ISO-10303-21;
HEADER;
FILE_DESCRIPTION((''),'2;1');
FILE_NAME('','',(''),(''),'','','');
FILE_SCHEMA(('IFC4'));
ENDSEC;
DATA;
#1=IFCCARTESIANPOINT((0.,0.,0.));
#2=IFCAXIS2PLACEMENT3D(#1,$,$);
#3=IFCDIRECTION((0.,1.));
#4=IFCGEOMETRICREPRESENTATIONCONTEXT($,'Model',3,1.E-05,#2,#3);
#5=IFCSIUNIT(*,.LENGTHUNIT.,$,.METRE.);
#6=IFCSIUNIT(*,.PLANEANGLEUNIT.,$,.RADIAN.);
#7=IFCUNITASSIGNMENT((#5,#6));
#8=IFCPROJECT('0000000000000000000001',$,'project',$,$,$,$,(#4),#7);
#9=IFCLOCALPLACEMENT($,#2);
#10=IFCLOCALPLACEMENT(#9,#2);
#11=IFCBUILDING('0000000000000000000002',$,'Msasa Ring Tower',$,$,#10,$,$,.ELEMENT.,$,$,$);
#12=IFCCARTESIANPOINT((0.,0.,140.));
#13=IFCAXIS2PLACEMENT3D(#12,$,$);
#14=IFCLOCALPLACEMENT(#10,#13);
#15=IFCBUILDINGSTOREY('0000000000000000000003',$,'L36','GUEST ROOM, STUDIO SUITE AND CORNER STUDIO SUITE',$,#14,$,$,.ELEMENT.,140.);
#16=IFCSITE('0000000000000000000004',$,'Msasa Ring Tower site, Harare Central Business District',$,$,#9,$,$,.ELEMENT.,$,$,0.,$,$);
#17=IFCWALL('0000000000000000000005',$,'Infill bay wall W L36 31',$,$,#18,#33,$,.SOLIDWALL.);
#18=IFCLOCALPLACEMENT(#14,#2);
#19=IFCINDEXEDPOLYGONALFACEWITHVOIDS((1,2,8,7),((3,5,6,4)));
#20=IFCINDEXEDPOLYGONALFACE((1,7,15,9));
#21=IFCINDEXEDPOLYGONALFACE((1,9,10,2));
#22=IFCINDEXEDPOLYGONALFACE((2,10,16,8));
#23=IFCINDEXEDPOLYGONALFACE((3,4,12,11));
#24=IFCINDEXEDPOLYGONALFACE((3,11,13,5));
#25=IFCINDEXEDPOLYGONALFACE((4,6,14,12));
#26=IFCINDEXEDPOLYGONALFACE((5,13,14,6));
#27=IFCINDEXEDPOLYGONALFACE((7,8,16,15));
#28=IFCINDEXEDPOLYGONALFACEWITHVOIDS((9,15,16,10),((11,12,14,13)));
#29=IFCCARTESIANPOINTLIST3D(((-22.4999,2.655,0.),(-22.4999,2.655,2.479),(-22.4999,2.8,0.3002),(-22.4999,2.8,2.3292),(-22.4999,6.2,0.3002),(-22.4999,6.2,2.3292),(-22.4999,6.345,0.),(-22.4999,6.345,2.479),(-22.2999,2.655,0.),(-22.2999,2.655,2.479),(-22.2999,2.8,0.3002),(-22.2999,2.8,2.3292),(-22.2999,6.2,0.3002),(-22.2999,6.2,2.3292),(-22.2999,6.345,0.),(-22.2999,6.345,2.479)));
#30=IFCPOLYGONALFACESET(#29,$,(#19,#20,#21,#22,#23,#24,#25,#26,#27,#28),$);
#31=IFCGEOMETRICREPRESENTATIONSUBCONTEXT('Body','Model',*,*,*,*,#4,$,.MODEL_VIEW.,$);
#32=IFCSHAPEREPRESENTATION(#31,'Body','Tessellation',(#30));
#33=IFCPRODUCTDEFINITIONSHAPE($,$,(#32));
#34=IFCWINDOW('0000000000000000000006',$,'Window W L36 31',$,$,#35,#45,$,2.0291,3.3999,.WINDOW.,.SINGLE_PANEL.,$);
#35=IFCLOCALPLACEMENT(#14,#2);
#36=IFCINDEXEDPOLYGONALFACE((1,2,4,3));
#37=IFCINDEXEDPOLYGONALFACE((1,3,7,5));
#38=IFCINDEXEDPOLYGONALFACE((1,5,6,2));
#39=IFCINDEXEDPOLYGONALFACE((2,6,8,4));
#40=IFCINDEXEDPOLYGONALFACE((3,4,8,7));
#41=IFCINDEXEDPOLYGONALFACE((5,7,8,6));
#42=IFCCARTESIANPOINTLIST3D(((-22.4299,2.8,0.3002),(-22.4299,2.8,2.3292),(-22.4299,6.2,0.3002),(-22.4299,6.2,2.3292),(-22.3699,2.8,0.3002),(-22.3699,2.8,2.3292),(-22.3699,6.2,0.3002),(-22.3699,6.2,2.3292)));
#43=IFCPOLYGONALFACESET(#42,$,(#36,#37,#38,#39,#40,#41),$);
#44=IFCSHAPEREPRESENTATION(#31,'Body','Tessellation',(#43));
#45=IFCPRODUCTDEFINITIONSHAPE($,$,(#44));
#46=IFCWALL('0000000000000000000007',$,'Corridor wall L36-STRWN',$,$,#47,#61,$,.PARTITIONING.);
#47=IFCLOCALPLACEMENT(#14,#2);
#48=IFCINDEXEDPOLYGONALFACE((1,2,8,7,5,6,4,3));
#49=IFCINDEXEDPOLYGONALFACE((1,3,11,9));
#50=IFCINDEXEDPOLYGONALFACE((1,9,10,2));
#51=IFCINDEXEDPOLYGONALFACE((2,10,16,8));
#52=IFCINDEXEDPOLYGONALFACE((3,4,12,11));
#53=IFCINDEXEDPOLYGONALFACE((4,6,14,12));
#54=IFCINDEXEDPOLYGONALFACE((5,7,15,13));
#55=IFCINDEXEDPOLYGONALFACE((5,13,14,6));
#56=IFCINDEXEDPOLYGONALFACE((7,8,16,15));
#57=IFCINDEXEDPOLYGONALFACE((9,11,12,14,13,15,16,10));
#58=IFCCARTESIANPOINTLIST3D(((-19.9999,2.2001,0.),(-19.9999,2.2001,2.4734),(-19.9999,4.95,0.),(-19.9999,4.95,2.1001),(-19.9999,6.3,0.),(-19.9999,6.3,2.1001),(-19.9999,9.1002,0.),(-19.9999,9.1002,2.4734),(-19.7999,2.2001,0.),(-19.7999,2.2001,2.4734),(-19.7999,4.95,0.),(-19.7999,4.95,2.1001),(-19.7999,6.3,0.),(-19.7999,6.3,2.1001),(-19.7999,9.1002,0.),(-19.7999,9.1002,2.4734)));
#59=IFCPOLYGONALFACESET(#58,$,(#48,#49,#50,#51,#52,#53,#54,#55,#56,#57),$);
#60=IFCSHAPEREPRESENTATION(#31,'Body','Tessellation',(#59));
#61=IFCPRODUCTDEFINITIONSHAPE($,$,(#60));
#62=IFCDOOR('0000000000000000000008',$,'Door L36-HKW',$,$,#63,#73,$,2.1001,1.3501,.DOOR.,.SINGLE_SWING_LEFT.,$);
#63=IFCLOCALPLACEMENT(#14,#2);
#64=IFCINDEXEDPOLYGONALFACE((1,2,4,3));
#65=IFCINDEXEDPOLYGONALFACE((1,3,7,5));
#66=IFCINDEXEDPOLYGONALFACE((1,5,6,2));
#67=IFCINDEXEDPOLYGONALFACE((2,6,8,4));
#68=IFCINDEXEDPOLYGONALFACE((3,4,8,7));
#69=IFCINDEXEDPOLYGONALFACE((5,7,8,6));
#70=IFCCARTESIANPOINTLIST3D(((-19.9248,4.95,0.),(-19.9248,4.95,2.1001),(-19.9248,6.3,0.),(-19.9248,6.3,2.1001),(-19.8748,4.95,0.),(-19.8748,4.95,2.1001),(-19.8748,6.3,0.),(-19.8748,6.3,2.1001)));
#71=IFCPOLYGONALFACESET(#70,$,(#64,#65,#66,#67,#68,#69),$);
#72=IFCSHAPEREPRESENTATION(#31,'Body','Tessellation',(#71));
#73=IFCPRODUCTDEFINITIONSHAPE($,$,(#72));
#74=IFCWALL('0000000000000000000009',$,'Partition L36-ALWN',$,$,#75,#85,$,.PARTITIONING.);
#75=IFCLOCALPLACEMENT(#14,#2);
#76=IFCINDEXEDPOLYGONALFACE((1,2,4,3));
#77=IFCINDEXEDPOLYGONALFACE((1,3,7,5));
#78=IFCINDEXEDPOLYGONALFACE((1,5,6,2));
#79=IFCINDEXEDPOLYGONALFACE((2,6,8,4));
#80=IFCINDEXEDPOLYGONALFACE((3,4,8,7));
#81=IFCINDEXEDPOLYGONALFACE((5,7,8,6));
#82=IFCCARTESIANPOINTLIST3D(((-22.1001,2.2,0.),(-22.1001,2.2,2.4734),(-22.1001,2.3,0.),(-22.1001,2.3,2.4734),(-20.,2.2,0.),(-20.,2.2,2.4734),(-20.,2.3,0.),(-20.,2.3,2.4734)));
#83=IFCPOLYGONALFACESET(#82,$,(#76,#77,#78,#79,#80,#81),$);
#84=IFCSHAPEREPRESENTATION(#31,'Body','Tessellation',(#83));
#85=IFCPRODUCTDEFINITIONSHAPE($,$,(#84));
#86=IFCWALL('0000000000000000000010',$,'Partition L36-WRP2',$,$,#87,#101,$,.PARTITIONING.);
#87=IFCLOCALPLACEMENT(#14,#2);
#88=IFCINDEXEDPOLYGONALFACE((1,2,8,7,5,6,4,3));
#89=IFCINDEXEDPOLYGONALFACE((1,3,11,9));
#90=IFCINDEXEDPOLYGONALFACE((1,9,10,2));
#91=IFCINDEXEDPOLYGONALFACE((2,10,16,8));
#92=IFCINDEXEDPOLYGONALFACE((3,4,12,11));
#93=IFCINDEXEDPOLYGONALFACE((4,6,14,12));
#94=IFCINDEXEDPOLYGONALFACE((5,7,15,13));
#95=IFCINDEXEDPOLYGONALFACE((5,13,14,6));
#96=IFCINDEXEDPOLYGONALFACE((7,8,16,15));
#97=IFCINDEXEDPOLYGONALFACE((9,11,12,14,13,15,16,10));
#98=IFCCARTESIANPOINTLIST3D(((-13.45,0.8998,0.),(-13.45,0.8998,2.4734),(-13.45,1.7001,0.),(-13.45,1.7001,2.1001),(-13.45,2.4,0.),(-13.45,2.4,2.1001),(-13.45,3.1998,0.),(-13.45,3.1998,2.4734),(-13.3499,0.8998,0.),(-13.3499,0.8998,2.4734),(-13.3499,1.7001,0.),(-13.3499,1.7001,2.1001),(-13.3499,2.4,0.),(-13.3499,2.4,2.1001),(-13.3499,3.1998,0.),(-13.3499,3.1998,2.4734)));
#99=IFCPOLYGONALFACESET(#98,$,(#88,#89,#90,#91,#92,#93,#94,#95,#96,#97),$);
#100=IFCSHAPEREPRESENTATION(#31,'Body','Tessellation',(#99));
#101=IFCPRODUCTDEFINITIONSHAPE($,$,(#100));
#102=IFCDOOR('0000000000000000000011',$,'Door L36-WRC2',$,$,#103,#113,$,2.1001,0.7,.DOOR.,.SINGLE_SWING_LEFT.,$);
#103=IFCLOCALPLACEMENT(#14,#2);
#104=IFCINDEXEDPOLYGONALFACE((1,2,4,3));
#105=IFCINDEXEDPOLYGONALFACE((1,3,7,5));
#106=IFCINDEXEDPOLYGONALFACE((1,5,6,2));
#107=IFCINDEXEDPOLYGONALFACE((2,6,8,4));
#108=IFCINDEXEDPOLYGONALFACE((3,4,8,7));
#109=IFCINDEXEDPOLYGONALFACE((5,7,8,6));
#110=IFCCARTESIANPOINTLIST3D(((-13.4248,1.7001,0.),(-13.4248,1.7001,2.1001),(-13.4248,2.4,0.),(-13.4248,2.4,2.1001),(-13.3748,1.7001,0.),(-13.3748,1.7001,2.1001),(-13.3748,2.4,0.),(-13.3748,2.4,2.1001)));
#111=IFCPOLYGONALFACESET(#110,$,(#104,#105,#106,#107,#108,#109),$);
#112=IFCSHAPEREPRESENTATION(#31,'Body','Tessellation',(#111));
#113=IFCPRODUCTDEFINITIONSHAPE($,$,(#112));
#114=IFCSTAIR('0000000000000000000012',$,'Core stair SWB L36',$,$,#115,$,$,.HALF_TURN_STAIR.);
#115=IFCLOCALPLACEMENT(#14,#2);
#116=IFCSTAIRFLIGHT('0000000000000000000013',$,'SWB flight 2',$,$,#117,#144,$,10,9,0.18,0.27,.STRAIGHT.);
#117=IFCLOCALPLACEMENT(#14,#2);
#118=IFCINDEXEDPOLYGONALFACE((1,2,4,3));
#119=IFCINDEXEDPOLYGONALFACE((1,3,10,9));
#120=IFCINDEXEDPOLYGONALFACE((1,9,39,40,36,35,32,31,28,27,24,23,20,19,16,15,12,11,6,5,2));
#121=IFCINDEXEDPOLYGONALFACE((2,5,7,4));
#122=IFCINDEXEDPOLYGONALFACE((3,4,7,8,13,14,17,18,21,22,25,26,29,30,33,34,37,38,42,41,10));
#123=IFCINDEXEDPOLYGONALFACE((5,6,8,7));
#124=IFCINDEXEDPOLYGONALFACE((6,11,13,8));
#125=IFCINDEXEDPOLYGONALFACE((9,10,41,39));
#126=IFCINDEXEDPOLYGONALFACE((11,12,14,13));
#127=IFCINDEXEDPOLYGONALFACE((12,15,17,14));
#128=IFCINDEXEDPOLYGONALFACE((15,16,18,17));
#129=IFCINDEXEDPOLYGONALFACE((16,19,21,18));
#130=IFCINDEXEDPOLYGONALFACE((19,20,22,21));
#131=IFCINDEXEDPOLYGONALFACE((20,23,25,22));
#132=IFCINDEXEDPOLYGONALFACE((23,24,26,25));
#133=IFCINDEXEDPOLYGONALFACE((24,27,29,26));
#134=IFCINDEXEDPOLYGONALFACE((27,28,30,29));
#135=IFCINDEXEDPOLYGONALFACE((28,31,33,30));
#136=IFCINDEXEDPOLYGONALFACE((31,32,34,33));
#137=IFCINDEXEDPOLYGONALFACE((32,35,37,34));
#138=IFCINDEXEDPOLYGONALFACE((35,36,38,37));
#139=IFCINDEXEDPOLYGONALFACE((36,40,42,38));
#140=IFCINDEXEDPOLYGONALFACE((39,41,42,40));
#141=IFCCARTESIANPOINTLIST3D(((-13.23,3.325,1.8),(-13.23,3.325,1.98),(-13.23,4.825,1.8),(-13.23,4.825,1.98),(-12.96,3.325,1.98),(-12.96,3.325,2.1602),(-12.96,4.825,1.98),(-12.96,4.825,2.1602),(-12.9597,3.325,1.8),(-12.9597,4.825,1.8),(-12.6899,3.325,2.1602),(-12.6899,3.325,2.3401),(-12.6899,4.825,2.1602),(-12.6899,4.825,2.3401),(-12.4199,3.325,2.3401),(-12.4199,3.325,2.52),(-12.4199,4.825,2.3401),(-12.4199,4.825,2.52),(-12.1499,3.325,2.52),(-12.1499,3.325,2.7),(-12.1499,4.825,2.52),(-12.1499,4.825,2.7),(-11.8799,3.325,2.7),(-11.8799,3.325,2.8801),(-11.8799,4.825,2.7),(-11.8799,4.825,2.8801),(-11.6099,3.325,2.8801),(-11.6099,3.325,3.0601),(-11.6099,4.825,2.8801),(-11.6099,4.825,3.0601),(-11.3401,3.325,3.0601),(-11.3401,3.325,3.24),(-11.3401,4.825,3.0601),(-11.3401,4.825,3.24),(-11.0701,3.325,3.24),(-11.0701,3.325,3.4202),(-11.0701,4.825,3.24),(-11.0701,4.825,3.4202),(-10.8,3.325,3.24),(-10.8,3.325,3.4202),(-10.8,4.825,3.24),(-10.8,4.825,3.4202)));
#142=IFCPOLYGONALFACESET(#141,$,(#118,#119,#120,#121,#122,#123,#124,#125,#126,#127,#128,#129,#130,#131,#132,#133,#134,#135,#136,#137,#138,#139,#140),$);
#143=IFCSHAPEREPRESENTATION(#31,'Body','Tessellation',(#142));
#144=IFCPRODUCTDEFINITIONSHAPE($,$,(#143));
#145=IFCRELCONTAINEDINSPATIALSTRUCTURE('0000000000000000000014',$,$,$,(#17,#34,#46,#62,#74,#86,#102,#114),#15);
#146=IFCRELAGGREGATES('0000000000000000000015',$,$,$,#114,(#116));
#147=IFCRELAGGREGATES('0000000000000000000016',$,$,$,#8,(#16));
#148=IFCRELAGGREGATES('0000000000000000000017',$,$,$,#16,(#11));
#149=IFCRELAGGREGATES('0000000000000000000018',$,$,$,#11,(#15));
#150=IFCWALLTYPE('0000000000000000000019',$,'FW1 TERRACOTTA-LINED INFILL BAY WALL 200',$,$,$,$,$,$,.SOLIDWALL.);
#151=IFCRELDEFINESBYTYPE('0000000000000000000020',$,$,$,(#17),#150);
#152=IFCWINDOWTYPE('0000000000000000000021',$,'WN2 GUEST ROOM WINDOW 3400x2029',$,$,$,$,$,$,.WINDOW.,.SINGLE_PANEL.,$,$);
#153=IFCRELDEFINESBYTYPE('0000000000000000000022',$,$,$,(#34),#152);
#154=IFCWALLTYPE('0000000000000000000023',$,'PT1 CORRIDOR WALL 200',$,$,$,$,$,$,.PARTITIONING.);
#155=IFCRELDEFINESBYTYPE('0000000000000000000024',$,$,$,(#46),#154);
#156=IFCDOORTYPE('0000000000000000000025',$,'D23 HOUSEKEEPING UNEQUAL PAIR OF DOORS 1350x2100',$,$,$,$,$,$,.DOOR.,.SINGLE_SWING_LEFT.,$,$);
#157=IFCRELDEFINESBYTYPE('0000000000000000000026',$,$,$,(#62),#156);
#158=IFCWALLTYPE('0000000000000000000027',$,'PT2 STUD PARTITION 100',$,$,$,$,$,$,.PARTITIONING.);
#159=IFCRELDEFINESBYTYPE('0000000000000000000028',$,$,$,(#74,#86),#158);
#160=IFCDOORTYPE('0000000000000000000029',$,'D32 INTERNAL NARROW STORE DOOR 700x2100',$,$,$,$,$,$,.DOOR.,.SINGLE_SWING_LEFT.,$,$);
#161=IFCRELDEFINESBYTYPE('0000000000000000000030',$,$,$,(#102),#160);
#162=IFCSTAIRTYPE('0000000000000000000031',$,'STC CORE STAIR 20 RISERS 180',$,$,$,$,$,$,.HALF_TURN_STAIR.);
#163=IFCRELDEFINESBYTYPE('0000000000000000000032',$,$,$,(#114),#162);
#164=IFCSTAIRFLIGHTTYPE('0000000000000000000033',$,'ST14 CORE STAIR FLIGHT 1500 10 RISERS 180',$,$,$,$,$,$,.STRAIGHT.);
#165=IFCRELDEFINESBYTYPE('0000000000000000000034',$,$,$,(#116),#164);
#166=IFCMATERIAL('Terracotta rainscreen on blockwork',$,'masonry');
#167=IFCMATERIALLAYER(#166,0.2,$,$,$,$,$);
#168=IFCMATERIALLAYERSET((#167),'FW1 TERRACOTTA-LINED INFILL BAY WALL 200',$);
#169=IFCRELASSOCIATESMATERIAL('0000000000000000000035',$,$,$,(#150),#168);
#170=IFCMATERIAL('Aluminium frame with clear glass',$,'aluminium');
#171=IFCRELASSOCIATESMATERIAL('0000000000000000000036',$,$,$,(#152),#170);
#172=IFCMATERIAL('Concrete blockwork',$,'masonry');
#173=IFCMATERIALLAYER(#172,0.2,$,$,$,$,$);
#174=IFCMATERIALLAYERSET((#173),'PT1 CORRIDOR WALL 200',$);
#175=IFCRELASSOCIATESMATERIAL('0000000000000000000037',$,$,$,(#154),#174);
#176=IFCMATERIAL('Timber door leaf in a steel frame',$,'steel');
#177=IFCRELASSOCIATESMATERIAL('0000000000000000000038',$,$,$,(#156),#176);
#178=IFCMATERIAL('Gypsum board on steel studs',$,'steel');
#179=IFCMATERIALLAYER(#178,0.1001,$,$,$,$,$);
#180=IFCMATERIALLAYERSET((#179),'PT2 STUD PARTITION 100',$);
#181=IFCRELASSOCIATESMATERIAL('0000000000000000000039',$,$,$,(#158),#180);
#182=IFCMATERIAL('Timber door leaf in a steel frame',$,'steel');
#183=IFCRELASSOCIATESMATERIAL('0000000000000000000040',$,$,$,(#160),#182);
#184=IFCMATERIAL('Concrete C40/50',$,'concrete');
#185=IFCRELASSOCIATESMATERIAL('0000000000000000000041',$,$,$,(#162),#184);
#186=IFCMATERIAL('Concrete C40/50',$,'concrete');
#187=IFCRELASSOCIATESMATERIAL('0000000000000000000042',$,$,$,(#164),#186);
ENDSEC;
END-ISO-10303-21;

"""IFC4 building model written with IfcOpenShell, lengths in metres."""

from ifc_helpers import new_model, si_unit, direction, frame, frame_2d, origin, place, context, subcontext, project, spatial, polyline, rectangle, outline, extrude, material, layer, layer_set, type_object, element, fill, aggregate, save


model = new_model("IFC4")

# Units and contexts
model_context = context("Model", 3, precision=1e-05, world=origin(), true_north=direction((0.0, 1.0)))
body_context = subcontext(model_context, "Body", "Model", "MODEL_VIEW")
ifc_project = project(units=[si_unit("LENGTHUNIT", "METRE"), si_unit("PLANEANGLEUNIT", "RADIAN")], contexts=[model_context])

# Site, building, storey
site_placement = place(None, origin())
site = spatial("IfcSite", under=ifc_project, at=site_placement, Name="Msasa Ring Tower site, Harare Central Business District", CompositionType="ELEMENT", RefElevation=0.0)
building_placement = place(site_placement, origin())
building = spatial("IfcBuilding", under=site, at=building_placement, Name="Msasa Ring Tower", CompositionType="ELEMENT")
storey_placement = place(building_placement, frame((0.0, 0.0, 140.0)))
storey = spatial("IfcBuildingStorey", under=building, at=storey_placement, Name="L36", Description="GUEST ROOM, STUDIO SUITE AND CORNER STUDIO SUITE", CompositionType="ELEMENT", Elevation=140.0)

# Wall, opening, window
ifc_material_1 = material(Name="Terracotta rainscreen on blockwork", Category="masonry")
ifc_layer_1 = layer(ifc_material_1, 0.2)
ifc_layer_set_1 = layer_set([ifc_layer_1], Name="FW1 TERRACOTTA-LINED INFILL BAY WALL 200")
wall_type_1 = type_object("IfcWallType", Name="FW1 TERRACOTTA-LINED INFILL BAY WALL 200", PredefinedType="SOLIDWALL", material=ifc_layer_set_1)
wall_1_placement = place(storey_placement, frame((-22.3999, 2.655, 0.0), z_axis=(0.0, 0.0, 1.0), x_axis=(0.0, 1.0, 0.0)))
wall_1 = element("IfcWall", 1, at=wall_1_placement, inside=storey, type_object=wall_type_1, Name="Infill bay wall W L36 31", PredefinedType="SOLIDWALL", context=body_context, shape_type="SweptSolid", body=[
    extrude(rectangle(XDim=3.6899, YDim=0.2, at=frame_2d((1.845, 0.0))), origin(), (0.0, 0.0, 1.0), 2.479),
])
opening_1_placement = place(wall_1_placement, frame((0.145, 0.0, 0.3)))
opening_1 = element("IfcOpeningElement", 2, at=opening_1_placement, cuts=wall_1, PredefinedType="OPENING", context=body_context, shape_type="SweptSolid", body=[
    extrude(rectangle(XDim=3.3999, YDim=2.0291, at=frame_2d((1.7, 1.0146))), frame((0.0, 0.1099, 0.0), z_axis=(0.0, -1.0, 0.0), x_axis=(1.0, 0.0, 0.0)), (0.0, 0.0, 1.0), 0.22),
])
ifc_material_2 = material(Name="Aluminium frame with clear glass", Category="aluminium")
window_type = type_object("IfcWindowType", Name="WN2 GUEST ROOM WINDOW 3400x2029", PartitioningType="SINGLE_PANEL", PredefinedType="WINDOW", material=ifc_material_2)
window_placement = place(opening_1_placement, origin())
window = element("IfcWindow", 3, at=window_placement, inside=storey, type_object=window_type, Name="Window W L36 31", OverallHeight=2.0291, OverallWidth=3.3999, PartitioningType="SINGLE_PANEL", PredefinedType="WINDOW", context=body_context, shape_type="SweptSolid", body=[
    extrude(rectangle(XDim=3.3999, YDim=2.0291, at=frame_2d((1.7, 1.0146))), frame((0.0, 0.03, 0.0), z_axis=(0.0, -1.0, 0.0), x_axis=(1.0, 0.0, 0.0)), (0.0, 0.0, 1.0), 0.0601),
])
fill(opening_1, window)

# Wall, opening, door
ifc_material_3 = material(Name="Concrete blockwork", Category="masonry")
ifc_layer_2 = layer(ifc_material_3, 0.2)
ifc_layer_set_2 = layer_set([ifc_layer_2], Name="PT1 CORRIDOR WALL 200")
wall_type_2 = type_object("IfcWallType", Name="PT1 CORRIDOR WALL 200", PredefinedType="PARTITIONING", material=ifc_layer_set_2)
wall_2_placement = place(storey_placement, frame((-19.8999, 2.2, 0.0), z_axis=(0.0, 0.0, 1.0), x_axis=(0.0, 1.0, 0.0)))
wall_2 = element("IfcWall", 4, at=wall_2_placement, inside=storey, type_object=wall_type_2, Name="Corridor wall L36-STRWN", PredefinedType="PARTITIONING", context=body_context, shape_type="SweptSolid", body=[
    extrude(rectangle(XDim=6.9001, YDim=0.2, at=frame_2d((3.4502, 0.0))), origin(), (0.0, 0.0, 1.0), 2.4734),
])
opening_2_placement = place(wall_2_placement, frame((2.75, 0.0, 0.0)))
opening_2 = element("IfcOpeningElement", 5, at=opening_2_placement, cuts=wall_2, PredefinedType="OPENING", context=body_context, shape_type="SweptSolid", body=[
    extrude(rectangle(XDim=1.3501, YDim=2.1001, at=frame_2d((0.675, 1.05))), frame((0.0, 0.1099, 0.0), z_axis=(0.0, -1.0, 0.0), x_axis=(1.0, 0.0, 0.0)), (0.0, 0.0, 1.0), 0.22),
])
ifc_material_4 = material(Name="Timber door leaf in a steel frame", Category="steel")
door_type_1 = type_object("IfcDoorType", Name="D23 HOUSEKEEPING UNEQUAL PAIR OF DOORS 1350x2100", OperationType="SINGLE_SWING_LEFT", PredefinedType="DOOR", material=ifc_material_4)
door_1_placement = place(opening_2_placement, origin())
door_1 = element("IfcDoor", 6, at=door_1_placement, inside=storey, type_object=door_type_1, Name="Door L36-HKW", OperationType="SINGLE_SWING_LEFT", OverallHeight=2.1001, OverallWidth=1.3501, PredefinedType="DOOR", context=body_context, shape_type="SweptSolid", body=[
    extrude(rectangle(XDim=1.3501, YDim=2.1001, at=frame_2d((0.675, 1.05))), frame((0.0, 0.0249, 0.0), z_axis=(0.0, -1.0, 0.0), x_axis=(1.0, 0.0, 0.0)), (0.0, 0.0, 1.0), 0.05),
])
fill(opening_2, door_1)

# Wall
ifc_material_5 = material(Name="Gypsum board on steel studs", Category="steel")
ifc_layer_3 = layer(ifc_material_5, 0.1001)
ifc_layer_set_3 = layer_set([ifc_layer_3], Name="PT2 STUD PARTITION 100")
wall_type_3 = type_object("IfcWallType", Name="PT2 STUD PARTITION 100", PredefinedType="PARTITIONING", material=ifc_layer_set_3)
wall_3_placement = place(storey_placement, frame((-22.1001, 2.25, 0.0), z_axis=(0.0, 0.0, 1.0), x_axis=(1.0, 0.0, 0.0)))
element("IfcWall", 7, at=wall_3_placement, inside=storey, type_object=wall_type_3, Name="Partition L36-ALWN", PredefinedType="PARTITIONING", context=body_context, shape_type="SweptSolid", body=[
    extrude(rectangle(XDim=2.1001, YDim=0.1001, at=frame_2d((1.05, 0.0))), origin(), (0.0, 0.0, 1.0), 2.4734),
])

# Wall, opening, door
wall_4_placement = place(storey_placement, frame((-13.3999, 0.8999, 0.0), z_axis=(0.0, 0.0, 1.0), x_axis=(0.0, 1.0, 0.0)))
wall_4 = element("IfcWall", 8, at=wall_4_placement, inside=storey, type_object=wall_type_3, Name="Partition L36-WRP2", PredefinedType="PARTITIONING", context=body_context, shape_type="SweptSolid", body=[
    extrude(rectangle(XDim=2.3, YDim=0.1001, at=frame_2d((1.1499, 0.0))), origin(), (0.0, 0.0, 1.0), 2.4734),
])
opening_3_placement = place(wall_4_placement, frame((0.8, 0.0, 0.0)))
opening_3 = element("IfcOpeningElement", 9, at=opening_3_placement, cuts=wall_4, PredefinedType="OPENING", context=body_context, shape_type="SweptSolid", body=[
    extrude(rectangle(XDim=0.7, YDim=2.1001, at=frame_2d((0.3501, 1.05))), frame((0.0, 0.0601, 0.0), z_axis=(0.0, -1.0, 0.0), x_axis=(1.0, 0.0, 0.0)), (0.0, 0.0, 1.0), 0.1201),
])
ifc_material_6 = material(Name="Timber door leaf in a steel frame", Category="steel")
door_type_2 = type_object("IfcDoorType", Name="D32 INTERNAL NARROW STORE DOOR 700x2100", OperationType="SINGLE_SWING_LEFT", PredefinedType="DOOR", material=ifc_material_6)
door_2_placement = place(opening_3_placement, origin())
door_2 = element("IfcDoor", 10, at=door_2_placement, inside=storey, type_object=door_type_2, Name="Door L36-WRC2", OperationType="SINGLE_SWING_LEFT", OverallHeight=2.1001, OverallWidth=0.7, PredefinedType="DOOR", context=body_context, shape_type="SweptSolid", body=[
    extrude(rectangle(XDim=0.7, YDim=2.1001, at=frame_2d((0.3501, 1.05))), frame((0.0, 0.0249, 0.0), z_axis=(0.0, -1.0, 0.0), x_axis=(1.0, 0.0, 0.0)), (0.0, 0.0, 1.0), 0.05),
])
fill(opening_3, door_2)

# Stair, stair flight
ifc_material_7 = material(Name="Concrete C40/50", Category="concrete")
stair_type = type_object("IfcStairType", Name="STC CORE STAIR 20 RISERS 180", PredefinedType="HALF_TURN_STAIR", material=ifc_material_7)
stair_placement = place(storey_placement, origin())
stair = element("IfcStair", 11, at=stair_placement, inside=storey, type_object=stair_type, Name="Core stair SWB L36", PredefinedType="HALF_TURN_STAIR")
ifc_material_8 = material(Name="Concrete C40/50", Category="concrete")
stair_flight_type = type_object("IfcStairFlightType", Name="ST14 CORE STAIR FLIGHT 1500 10 RISERS 180", PredefinedType="STRAIGHT", material=ifc_material_8)
stair_flight_placement = place(storey_placement, frame((-13.23, 4.075, 1.8), z_axis=(0.0, 0.0, 1.0), x_axis=(1.0, 0.0, 0.0)))
stair_flight = element("IfcStairFlight", 12, at=stair_flight_placement, type_object=stair_flight_type, Name="SWB flight 2", NumberOfRisers=10, NumberOfTreads=9, PredefinedType="STRAIGHT", RiserHeight=0.18, TreadLength=0.27, context=body_context, shape_type="SweptSolid", body=[
    extrude(outline(polyline([(0.0, 0.0), (0.0, 0.1799), (0.27, 0.1799), (0.27, 0.3601), (0.54, 0.3601), (0.54, 0.54), (0.8101, 0.54), (0.8101, 0.72), (1.0801, 0.72), (1.0801, 0.8999), (1.3501, 0.8999), (1.3501, 1.0801), (1.6201, 1.0801), (1.6201, 1.26), (1.8899, 1.26), (1.8899, 1.4399), (2.1599, 1.4399), (2.1599, 1.6201), (2.4299, 1.6201), (2.4299, 1.8), (2.4299, 1.4399), (0.2703, 0.0), (0.0, 0.0)])), frame((0.0, 0.75, 0.0), z_axis=(0.0, -1.0, 0.0), x_axis=(1.0, 0.0, 0.0)), (0.0, 0.0, 1.0), 1.5),
])
aggregate(stair, [stair_flight])

save(model, "model.ifc")
